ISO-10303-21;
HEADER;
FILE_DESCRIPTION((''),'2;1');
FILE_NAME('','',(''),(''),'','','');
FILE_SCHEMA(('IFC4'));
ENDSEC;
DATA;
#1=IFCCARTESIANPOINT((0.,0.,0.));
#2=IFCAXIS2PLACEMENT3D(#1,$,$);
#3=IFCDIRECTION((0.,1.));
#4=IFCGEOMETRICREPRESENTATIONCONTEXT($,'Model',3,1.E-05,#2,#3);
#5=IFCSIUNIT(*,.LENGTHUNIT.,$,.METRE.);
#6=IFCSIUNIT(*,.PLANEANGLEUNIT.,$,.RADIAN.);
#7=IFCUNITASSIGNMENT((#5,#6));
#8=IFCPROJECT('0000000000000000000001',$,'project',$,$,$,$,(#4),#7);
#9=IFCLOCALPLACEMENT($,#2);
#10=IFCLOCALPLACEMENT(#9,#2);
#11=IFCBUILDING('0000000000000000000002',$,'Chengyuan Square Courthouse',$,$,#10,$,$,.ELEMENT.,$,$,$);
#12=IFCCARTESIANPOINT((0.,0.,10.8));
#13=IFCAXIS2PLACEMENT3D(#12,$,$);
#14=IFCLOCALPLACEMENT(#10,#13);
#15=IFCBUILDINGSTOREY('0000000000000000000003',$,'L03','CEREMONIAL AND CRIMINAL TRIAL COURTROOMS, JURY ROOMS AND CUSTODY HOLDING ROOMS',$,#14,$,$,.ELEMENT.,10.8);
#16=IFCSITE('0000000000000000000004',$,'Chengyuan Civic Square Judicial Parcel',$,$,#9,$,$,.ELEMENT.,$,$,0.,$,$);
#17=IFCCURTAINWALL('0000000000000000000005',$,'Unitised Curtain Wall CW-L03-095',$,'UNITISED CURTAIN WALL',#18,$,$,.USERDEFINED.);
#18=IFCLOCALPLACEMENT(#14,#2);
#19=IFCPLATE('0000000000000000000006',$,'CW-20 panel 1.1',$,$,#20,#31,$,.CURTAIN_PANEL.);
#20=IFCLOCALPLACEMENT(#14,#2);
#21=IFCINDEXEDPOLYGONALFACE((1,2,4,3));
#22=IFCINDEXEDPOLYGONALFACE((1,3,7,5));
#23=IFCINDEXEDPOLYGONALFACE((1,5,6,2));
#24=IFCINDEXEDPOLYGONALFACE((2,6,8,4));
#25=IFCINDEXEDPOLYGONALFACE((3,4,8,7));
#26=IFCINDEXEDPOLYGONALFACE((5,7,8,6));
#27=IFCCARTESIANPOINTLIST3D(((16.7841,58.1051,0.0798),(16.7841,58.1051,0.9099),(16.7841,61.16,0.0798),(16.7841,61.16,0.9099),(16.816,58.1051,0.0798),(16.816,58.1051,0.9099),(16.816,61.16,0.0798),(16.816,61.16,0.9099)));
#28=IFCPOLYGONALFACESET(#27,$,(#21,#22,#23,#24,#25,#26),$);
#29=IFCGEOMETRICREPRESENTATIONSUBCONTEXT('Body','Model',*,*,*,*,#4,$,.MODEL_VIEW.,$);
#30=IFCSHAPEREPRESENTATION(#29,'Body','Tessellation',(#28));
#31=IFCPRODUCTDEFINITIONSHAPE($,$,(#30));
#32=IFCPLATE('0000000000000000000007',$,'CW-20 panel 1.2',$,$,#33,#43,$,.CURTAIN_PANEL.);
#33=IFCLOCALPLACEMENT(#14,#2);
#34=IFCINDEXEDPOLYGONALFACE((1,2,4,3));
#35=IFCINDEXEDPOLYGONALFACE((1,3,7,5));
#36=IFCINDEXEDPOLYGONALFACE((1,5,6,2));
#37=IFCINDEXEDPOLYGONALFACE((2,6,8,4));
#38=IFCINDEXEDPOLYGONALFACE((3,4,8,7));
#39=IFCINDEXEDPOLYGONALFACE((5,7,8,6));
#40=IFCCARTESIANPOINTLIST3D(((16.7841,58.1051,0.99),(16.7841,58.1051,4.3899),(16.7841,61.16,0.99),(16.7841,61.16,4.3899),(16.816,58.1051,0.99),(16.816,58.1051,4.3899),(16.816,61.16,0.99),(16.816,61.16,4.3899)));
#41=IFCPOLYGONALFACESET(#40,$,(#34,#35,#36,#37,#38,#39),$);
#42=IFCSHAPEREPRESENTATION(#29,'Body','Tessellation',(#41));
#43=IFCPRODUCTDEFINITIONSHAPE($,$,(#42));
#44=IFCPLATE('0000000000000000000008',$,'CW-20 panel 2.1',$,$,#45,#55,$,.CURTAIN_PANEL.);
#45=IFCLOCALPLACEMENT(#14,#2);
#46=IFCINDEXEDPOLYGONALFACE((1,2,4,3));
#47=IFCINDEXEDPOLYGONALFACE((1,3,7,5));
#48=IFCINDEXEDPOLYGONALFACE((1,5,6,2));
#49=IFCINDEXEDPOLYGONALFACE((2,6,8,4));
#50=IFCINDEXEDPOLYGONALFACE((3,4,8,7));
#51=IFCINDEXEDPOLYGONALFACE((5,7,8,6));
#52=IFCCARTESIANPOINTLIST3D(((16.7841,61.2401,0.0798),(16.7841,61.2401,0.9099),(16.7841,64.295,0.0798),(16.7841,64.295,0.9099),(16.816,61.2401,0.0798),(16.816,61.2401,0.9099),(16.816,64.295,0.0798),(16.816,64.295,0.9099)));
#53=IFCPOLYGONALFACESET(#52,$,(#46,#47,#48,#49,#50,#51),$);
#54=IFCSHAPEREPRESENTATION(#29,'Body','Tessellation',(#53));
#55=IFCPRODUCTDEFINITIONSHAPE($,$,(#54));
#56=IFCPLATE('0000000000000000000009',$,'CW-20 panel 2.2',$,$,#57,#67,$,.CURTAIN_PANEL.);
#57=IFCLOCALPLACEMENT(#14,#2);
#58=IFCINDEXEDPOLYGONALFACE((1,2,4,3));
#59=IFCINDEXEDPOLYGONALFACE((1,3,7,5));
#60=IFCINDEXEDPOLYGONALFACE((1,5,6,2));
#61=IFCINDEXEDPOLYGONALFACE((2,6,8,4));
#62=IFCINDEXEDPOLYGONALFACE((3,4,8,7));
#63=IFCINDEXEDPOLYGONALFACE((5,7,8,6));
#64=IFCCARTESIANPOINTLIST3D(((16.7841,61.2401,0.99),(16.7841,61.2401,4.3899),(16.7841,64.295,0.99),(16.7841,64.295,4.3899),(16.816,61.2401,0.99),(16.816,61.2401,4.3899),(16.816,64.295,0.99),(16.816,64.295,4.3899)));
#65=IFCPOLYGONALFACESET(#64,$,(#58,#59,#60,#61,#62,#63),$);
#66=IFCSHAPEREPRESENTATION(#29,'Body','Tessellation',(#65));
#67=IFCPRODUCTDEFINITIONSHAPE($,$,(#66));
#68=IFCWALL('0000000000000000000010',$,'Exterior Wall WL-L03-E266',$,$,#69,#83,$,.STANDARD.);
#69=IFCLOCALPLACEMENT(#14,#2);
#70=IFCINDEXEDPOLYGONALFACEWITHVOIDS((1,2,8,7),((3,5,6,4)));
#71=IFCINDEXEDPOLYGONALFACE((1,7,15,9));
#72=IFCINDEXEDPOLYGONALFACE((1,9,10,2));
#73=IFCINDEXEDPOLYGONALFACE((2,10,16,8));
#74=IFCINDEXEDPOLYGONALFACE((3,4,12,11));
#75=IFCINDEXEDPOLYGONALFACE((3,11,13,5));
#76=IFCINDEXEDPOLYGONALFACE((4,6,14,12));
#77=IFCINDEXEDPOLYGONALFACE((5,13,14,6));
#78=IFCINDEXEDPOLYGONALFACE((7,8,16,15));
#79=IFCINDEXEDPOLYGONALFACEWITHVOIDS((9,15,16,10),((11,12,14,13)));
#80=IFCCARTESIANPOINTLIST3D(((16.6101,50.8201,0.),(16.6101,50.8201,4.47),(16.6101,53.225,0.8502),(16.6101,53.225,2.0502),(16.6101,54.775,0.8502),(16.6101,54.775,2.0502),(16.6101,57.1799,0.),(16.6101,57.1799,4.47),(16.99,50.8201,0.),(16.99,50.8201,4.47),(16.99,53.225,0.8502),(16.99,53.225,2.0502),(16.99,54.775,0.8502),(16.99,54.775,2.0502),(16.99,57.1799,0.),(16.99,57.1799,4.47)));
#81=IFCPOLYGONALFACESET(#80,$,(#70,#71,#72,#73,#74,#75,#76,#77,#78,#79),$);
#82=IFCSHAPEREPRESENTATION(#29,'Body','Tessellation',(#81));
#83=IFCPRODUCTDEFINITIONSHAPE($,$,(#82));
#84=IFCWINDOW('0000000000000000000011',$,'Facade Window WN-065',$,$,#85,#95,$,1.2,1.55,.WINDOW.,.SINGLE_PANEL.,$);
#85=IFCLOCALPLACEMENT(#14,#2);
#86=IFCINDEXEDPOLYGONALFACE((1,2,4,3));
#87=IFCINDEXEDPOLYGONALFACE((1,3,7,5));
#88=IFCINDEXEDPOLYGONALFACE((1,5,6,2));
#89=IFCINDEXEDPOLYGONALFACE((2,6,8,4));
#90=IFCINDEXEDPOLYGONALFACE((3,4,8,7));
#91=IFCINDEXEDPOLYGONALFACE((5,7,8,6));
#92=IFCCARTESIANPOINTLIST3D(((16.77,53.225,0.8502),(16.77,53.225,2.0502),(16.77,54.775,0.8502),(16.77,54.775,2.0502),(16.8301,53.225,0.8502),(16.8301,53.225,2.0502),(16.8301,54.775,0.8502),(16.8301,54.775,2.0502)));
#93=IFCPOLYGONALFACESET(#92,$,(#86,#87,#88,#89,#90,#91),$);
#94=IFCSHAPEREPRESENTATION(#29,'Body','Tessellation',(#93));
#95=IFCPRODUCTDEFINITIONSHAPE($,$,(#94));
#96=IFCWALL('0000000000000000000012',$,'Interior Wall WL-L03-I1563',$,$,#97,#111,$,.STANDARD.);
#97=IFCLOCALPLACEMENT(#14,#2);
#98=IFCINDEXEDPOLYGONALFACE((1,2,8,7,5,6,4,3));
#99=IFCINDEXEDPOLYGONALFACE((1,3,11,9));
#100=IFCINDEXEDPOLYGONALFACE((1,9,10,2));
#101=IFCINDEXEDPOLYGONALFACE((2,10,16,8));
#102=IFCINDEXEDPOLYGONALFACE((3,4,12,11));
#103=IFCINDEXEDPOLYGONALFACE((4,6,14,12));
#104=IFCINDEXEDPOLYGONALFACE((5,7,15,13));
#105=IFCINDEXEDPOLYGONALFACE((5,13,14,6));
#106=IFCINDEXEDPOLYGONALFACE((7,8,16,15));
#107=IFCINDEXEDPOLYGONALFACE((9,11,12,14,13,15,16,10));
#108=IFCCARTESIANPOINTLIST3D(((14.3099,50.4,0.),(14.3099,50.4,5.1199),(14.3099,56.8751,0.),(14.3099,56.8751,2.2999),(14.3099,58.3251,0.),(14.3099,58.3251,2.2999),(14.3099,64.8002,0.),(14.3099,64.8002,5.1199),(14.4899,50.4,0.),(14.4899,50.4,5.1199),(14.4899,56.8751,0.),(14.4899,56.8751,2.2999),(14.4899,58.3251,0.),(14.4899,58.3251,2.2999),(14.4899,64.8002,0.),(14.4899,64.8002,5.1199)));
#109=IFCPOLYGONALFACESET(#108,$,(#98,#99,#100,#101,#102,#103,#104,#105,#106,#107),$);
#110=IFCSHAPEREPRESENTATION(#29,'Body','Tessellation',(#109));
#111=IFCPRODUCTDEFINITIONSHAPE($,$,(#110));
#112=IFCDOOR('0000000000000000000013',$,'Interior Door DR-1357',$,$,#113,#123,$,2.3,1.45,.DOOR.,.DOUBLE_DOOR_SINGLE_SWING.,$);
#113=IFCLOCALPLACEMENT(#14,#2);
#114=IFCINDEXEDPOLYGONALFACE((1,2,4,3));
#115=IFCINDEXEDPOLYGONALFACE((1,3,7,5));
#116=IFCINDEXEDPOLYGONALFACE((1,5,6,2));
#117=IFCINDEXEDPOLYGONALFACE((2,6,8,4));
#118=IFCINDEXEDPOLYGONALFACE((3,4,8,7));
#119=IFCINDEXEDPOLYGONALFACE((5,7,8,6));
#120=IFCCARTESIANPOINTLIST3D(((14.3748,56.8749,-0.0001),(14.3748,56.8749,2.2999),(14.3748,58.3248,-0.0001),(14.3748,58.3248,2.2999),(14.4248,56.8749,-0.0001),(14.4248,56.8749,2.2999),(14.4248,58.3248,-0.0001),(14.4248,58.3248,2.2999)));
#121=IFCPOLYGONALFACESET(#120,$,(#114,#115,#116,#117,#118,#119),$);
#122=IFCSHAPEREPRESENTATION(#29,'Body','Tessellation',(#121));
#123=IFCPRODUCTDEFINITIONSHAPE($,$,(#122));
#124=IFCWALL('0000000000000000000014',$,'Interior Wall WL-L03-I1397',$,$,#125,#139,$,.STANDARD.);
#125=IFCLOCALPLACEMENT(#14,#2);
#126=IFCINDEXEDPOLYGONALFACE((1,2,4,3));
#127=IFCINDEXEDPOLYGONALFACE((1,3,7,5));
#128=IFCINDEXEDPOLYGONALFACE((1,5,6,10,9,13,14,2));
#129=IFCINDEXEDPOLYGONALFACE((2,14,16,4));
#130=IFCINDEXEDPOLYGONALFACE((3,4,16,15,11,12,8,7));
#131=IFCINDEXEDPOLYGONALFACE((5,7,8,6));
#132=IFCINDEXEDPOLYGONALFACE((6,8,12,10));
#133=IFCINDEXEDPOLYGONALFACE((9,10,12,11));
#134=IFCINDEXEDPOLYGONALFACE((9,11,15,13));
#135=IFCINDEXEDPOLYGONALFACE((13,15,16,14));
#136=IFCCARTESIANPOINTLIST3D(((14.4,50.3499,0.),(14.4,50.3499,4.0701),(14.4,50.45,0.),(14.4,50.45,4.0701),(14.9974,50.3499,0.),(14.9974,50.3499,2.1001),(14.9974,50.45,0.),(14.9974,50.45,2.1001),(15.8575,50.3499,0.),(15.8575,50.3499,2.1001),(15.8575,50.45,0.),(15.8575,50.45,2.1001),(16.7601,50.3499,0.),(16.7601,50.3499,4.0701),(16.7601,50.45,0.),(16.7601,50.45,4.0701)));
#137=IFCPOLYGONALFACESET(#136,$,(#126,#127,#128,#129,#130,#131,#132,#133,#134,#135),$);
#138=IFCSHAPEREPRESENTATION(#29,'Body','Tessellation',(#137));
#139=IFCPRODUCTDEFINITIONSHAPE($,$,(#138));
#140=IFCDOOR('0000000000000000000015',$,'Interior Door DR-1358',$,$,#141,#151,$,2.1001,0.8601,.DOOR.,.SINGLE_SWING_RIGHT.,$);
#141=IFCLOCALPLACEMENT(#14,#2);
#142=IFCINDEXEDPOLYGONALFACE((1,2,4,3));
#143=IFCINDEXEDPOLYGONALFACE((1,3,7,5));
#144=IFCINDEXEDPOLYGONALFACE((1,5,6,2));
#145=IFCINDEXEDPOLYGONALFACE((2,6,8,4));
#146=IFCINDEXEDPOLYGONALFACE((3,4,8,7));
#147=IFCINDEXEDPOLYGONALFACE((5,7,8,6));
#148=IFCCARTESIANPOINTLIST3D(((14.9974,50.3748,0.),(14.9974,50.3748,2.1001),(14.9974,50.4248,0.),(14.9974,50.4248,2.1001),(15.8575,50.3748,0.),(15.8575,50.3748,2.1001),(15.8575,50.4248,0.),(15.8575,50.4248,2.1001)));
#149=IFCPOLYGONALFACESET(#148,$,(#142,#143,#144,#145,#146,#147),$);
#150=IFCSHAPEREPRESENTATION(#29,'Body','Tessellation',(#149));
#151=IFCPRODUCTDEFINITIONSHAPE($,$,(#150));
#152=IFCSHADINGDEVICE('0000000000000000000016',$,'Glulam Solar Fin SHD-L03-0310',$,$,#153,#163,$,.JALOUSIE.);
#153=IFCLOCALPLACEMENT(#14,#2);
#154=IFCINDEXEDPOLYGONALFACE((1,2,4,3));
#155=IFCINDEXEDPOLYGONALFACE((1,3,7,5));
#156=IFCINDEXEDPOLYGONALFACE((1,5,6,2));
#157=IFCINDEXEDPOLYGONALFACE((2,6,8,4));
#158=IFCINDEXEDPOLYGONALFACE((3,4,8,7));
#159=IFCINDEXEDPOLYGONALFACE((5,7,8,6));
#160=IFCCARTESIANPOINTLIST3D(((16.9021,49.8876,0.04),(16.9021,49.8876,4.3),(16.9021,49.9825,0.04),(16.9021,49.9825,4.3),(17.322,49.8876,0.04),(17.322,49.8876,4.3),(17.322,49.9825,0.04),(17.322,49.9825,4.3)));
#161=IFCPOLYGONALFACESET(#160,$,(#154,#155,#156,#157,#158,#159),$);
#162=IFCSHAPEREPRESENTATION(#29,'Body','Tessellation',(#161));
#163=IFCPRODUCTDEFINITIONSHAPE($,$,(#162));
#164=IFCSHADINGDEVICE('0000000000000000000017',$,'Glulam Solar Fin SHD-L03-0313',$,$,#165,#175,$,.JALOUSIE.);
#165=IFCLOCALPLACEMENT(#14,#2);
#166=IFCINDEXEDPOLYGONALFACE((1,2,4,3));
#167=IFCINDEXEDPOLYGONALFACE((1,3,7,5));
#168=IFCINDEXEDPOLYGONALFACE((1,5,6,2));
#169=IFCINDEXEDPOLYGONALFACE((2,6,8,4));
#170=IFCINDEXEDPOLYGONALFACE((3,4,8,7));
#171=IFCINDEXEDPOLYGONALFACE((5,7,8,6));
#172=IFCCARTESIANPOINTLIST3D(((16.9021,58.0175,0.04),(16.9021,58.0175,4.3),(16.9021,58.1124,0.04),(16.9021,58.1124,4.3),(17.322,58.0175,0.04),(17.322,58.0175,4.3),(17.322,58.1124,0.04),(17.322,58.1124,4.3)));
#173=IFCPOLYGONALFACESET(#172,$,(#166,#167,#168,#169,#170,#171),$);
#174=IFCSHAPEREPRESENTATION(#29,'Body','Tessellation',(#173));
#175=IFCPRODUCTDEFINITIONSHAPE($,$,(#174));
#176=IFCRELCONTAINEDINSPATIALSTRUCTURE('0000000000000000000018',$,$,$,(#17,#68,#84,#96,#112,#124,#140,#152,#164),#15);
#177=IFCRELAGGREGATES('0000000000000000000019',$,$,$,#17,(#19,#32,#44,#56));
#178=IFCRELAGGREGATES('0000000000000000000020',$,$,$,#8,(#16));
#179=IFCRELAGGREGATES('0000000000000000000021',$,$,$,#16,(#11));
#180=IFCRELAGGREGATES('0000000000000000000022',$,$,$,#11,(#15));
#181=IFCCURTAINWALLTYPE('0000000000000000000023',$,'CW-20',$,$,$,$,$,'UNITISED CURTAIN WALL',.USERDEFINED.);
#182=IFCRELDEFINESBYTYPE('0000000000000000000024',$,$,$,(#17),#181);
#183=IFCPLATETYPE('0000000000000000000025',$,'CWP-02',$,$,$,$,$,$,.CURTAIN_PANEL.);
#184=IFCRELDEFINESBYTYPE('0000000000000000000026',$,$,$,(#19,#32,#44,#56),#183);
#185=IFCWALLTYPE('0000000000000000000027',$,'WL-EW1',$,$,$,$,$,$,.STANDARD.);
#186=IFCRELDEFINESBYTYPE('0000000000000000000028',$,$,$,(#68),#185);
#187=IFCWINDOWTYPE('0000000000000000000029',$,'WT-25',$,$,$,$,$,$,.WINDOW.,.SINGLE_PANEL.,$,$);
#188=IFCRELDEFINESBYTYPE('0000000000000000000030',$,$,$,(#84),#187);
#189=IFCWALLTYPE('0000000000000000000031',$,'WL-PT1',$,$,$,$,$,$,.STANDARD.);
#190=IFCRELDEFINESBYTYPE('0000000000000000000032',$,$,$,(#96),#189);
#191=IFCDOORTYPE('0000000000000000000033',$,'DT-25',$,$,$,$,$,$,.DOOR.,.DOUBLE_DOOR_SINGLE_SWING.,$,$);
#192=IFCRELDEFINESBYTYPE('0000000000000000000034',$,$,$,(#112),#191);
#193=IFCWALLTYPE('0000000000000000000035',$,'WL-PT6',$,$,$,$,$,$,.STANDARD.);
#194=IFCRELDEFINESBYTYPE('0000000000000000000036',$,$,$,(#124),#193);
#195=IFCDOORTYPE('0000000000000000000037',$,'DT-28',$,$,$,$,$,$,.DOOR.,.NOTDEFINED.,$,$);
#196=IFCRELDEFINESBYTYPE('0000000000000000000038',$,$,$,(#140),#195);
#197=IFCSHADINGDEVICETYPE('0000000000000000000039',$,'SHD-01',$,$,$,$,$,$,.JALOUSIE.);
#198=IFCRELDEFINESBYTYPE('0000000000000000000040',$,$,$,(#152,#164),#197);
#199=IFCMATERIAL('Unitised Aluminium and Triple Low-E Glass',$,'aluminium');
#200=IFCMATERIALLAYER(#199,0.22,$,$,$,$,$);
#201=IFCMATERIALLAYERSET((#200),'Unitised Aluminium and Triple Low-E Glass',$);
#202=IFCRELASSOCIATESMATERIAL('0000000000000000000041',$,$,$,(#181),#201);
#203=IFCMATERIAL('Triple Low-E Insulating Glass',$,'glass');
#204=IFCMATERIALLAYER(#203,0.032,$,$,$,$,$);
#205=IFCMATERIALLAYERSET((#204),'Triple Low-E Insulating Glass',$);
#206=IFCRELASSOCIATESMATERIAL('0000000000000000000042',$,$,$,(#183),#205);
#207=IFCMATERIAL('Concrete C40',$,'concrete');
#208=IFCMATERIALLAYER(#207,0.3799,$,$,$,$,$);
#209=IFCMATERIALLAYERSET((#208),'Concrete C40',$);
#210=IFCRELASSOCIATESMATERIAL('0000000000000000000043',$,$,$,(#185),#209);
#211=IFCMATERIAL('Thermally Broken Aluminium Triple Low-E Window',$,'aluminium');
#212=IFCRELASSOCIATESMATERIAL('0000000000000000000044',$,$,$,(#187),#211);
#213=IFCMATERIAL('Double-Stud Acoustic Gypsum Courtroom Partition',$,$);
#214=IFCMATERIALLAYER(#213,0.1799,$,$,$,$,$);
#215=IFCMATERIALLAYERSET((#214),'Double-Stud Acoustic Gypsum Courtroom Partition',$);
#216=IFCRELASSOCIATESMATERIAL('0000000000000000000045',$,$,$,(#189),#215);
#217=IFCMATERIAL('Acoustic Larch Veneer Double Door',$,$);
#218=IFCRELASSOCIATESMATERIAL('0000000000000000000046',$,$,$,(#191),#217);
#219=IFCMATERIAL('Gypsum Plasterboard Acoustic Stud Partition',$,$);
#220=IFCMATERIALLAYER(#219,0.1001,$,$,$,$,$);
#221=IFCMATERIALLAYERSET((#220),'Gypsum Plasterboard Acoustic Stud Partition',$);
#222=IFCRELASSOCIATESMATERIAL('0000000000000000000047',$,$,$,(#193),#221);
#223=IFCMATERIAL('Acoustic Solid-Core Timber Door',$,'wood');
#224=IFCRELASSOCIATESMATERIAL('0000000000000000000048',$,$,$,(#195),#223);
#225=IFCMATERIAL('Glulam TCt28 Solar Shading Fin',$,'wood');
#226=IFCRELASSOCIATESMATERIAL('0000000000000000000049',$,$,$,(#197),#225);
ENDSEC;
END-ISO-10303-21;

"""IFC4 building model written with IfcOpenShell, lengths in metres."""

from ifc_helpers import new_model, si_unit, direction, frame, frame_2d, origin, origin_2d, place, context, subcontext, project, spatial, rectangle, extrude, material, layer, layer_set, type_object, element, fill, aggregate, save


model = new_model("IFC4")

# Units and contexts
model_context = context("Model", 3, precision=1e-05, world=origin(), true_north=direction((0.0, 1.0)))
body_context = subcontext(model_context, "Body", "Model", "MODEL_VIEW")
ifc_project = project(units=[si_unit("LENGTHUNIT", "METRE"), si_unit("PLANEANGLEUNIT", "RADIAN")], contexts=[model_context])

# Site, building, storey
site_placement = place(None, origin())
site = spatial("IfcSite", under=ifc_project, at=site_placement, Name="Chengyuan Civic Square Judicial Parcel", CompositionType="ELEMENT", RefElevation=0.0)
building_placement = place(site_placement, origin())
building = spatial("IfcBuilding", under=site, at=building_placement, Name="Chengyuan Square Courthouse", CompositionType="ELEMENT")
storey_placement = place(building_placement, frame((0.0, 0.0, 10.8)))
storey = spatial("IfcBuildingStorey", under=building, at=storey_placement, Name="L03", Description="CEREMONIAL AND CRIMINAL TRIAL COURTROOMS, JURY ROOMS AND CUSTODY HOLDING ROOMS", CompositionType="ELEMENT", Elevation=10.8)

# Shared definitions
ifc_material_1 = material(Name="Concrete C40", Category="concrete")

# Shared definitions
ifc_material_2 = material(Name="Unitised Aluminium and Triple Low-E Glass", Category="aluminium")
ifc_layer_1 = layer(ifc_material_2, 0.22)
ifc_layer_set_1 = layer_set([ifc_layer_1], Name="Unitised Aluminium and Triple Low-E Glass")
curtain_wall_type = type_object("IfcCurtainWallType", Name="CW-20", ElementType="UNITISED CURTAIN WALL", PredefinedType="USERDEFINED", material=ifc_layer_set_1)

# Curtain wall
curtain_wall_1_placement = place(storey_placement, origin())
curtain_wall_1 = element("IfcCurtainWall", 1, at=curtain_wall_1_placement, inside=storey, type_object=curtain_wall_type, Name="Unitised Curtain Wall CW-L03-095", ObjectType="UNITISED CURTAIN WALL", PredefinedType="USERDEFINED")

# Plates
ifc_material_3 = material(Name="Triple Low-E Insulating Glass", Category="glass")
ifc_layer_2 = layer(ifc_material_3, 0.032)
ifc_layer_set_2 = layer_set([ifc_layer_2], Name="Triple Low-E Insulating Glass")
plate_type = type_object("IfcPlateType", Name="CWP-02", PredefinedType="CURTAIN_PANEL", material=ifc_layer_set_2)
plate_1_placement = place(storey_placement, frame((16.8, 59.6326, 0.0798), z_axis=(0.0, 0.0, 1.0), x_axis=(0.0, 1.0, 0.0)))
plate_1 = element("IfcPlate", 2, at=plate_1_placement, type_object=plate_type, Name="CW-20 panel 1.1", PredefinedType="CURTAIN_PANEL", context=body_context, shape_type="SweptSolid", body=[
    extrude(rectangle(XDim=3.0549, YDim=0.032, at=origin_2d()), origin(), (0.0, 0.0, 1.0), 0.8301),
])
plate_2_placement = place(storey_placement, frame((16.8, 59.6326, 0.99), z_axis=(0.0, 0.0, 1.0), x_axis=(0.0, 1.0, 0.0)))
plate_2 = element("IfcPlate", 3, at=plate_2_placement, type_object=plate_type, Name="CW-20 panel 1.2", PredefinedType="CURTAIN_PANEL", context=body_context, shape_type="SweptSolid", body=[
    extrude(rectangle(XDim=3.0549, YDim=0.032, at=origin_2d()), origin(), (0.0, 0.0, 1.0), 3.3999),
])
plate_3_placement = place(storey_placement, frame((16.8, 62.7676, 0.0798), z_axis=(0.0, 0.0, 1.0), x_axis=(0.0, 1.0, 0.0)))
plate_3 = element("IfcPlate", 4, at=plate_3_placement, type_object=plate_type, Name="CW-20 panel 2.1", PredefinedType="CURTAIN_PANEL", context=body_context, shape_type="SweptSolid", body=[
    extrude(rectangle(XDim=3.0549, YDim=0.032, at=origin_2d()), origin(), (0.0, 0.0, 1.0), 0.8301),
])
plate_4_placement = place(storey_placement, frame((16.8, 62.7676, 0.99), z_axis=(0.0, 0.0, 1.0), x_axis=(0.0, 1.0, 0.0)))
plate_4 = element("IfcPlate", 5, at=plate_4_placement, type_object=plate_type, Name="CW-20 panel 2.2", PredefinedType="CURTAIN_PANEL", context=body_context, shape_type="SweptSolid", body=[
    extrude(rectangle(XDim=3.0549, YDim=0.032, at=origin_2d()), origin(), (0.0, 0.0, 1.0), 3.3999),
])
aggregate(curtain_wall_1, [plate_1, plate_2, plate_3, plate_4])

# Wall, opening, window
ifc_layer_3 = layer(ifc_material_1, 0.3799)
ifc_layer_set_3 = layer_set([ifc_layer_3], Name="Concrete C40")
wall_type_1 = type_object("IfcWallType", Name="WL-EW1", PredefinedType="STANDARD", material=ifc_layer_set_3)
wall_1_placement = place(storey_placement, frame((16.8, 50.8201, 0.0), z_axis=(0.0, 0.0, 1.0), x_axis=(0.0, 1.0, 0.0)))
wall_1 = element("IfcWall", 6, at=wall_1_placement, inside=storey, type_object=wall_type_1, Name="Exterior Wall WL-L03-E266", PredefinedType="STANDARD", context=body_context, shape_type="SweptSolid", body=[
    extrude(rectangle(XDim=6.3599, YDim=0.3799, at=frame_2d((3.1799, 0.0))), origin(), (0.0, 0.0, 1.0), 4.47),
])
opening_1_placement = place(wall_1_placement, frame((2.405, 0.0, 0.8501)))
opening_1 = element("IfcOpeningElement", 7, at=opening_1_placement, cuts=wall_1, PredefinedType="OPENING", context=body_context, shape_type="SweptSolid", body=[
    extrude(rectangle(XDim=1.55, YDim=1.2, at=frame_2d((0.7749, 0.6001))), frame((0.0, 0.2019, 0.0), z_axis=(0.0, -1.0, 0.0), x_axis=(1.0, 0.0, 0.0)), (0.0, 0.0, 1.0), 0.4038),
])
ifc_material_4 = material(Name="Thermally Broken Aluminium Triple Low-E Window", Category="aluminium")
window_type = type_object("IfcWindowType", Name="WT-25", PartitioningType="SINGLE_PANEL", PredefinedType="WINDOW", material=ifc_material_4)
window_placement = place(opening_1_placement, origin())
window = element("IfcWindow", 8, at=window_placement, inside=storey, type_object=window_type, Name="Facade Window WN-065", OverallHeight=1.2, OverallWidth=1.55, PartitioningType="SINGLE_PANEL", PredefinedType="WINDOW", context=body_context, shape_type="SweptSolid", body=[
    extrude(rectangle(XDim=1.55, YDim=1.2, at=frame_2d((0.7749, 0.6001))), frame((0.0, 0.03, 0.0), z_axis=(0.0, -1.0, 0.0), x_axis=(1.0, 0.0, 0.0)), (0.0, 0.0, 1.0), 0.0601),
])
fill(opening_1, window)

# Walls, openings, doors
ifc_material_5 = material(Name="Double-Stud Acoustic Gypsum Courtroom Partition")
ifc_layer_4 = layer(ifc_material_5, 0.1799)
ifc_layer_set_4 = layer_set([ifc_layer_4], Name="Double-Stud Acoustic Gypsum Courtroom Partition")
wall_type_2 = type_object("IfcWallType", Name="WL-PT1", PredefinedType="STANDARD", material=ifc_layer_set_4)
wall_2_placement = place(storey_placement, frame((14.3999, 50.3999, 0.0), z_axis=(0.0, 0.0, 1.0), x_axis=(0.0, 1.0, 0.0)))
wall_2 = element("IfcWall", 9, at=wall_2_placement, inside=storey, type_object=wall_type_2, Name="Interior Wall WL-L03-I1563", PredefinedType="STANDARD", context=body_context, shape_type="SweptSolid", body=[
    extrude(rectangle(XDim=14.4001, YDim=0.1799, at=frame_2d((7.2002, 0.0))), origin(), (0.0, 0.0, 1.0), 5.1199),
])
opening_2_placement = place(wall_2_placement, frame((6.4751, 0.0, 0.0)))
opening_2 = element("IfcOpeningElement", 10, at=opening_2_placement, cuts=wall_2, PredefinedType="OPENING", context=body_context, shape_type="SweptSolid", body=[
    extrude(rectangle(XDim=1.45, YDim=2.3, at=frame_2d((0.7251, 1.1499))), frame((0.0, 0.1021, 0.0), z_axis=(0.0, -1.0, 0.0), x_axis=(1.0, 0.0, 0.0)), (0.0, 0.0, 1.0), 0.2039),
])
ifc_material_6 = material(Name="Acoustic Larch Veneer Double Door")
door_type_1 = type_object("IfcDoorType", Name="DT-25", OperationType="DOUBLE_DOOR_SINGLE_SWING", PredefinedType="DOOR", material=ifc_material_6)
door_1_placement = place(opening_2_placement, frame((1.45, 0.0, 0.0), z_axis=(0.0, 0.0, 1.0), x_axis=(-1.0, 0.0, 0.0)))
door_1 = element("IfcDoor", 11, at=door_1_placement, inside=storey, type_object=door_type_1, Name="Interior Door DR-1357", OperationType="DOUBLE_DOOR_SINGLE_SWING", OverallHeight=2.3, OverallWidth=1.45, PredefinedType="DOOR", context=body_context, shape_type="SweptSolid", body=[
    extrude(rectangle(XDim=1.45, YDim=2.3, at=frame_2d((0.7251, 1.1499))), frame((0.0, 0.0249, 0.0), z_axis=(0.0, -1.0, 0.0), x_axis=(1.0, 0.0, 0.0)), (0.0, 0.0, 1.0), 0.05),
])
fill(opening_2, door_1)
ifc_material_7 = material(Name="Gypsum Plasterboard Acoustic Stud Partition")
ifc_layer_5 = layer(ifc_material_7, 0.1001)
ifc_layer_set_5 = layer_set([ifc_layer_5], Name="Gypsum Plasterboard Acoustic Stud Partition")
wall_type_3 = type_object("IfcWallType", Name="WL-PT6", PredefinedType="STANDARD", material=ifc_layer_set_5)
wall_3_placement = place(storey_placement, frame((14.3999, 50.3999, 0.0), z_axis=(0.0, 0.0, 1.0), x_axis=(1.0, 0.0, 0.0)))
wall_3 = element("IfcWall", 12, at=wall_3_placement, inside=storey, type_object=wall_type_3, Name="Interior Wall WL-L03-I1397", PredefinedType="STANDARD", context=body_context, shape_type="SweptSolid", body=[
    extrude(rectangle(XDim=2.3601, YDim=0.1001, at=frame_2d((1.1802, 0.0))), origin(), (0.0, 0.0, 1.0), 4.0701),
])
opening_3_placement = place(wall_3_placement, frame((0.5974, 0.0, 0.0)))
opening_3 = element("IfcOpeningElement", 13, at=opening_3_placement, cuts=wall_3, PredefinedType="OPENING", context=body_context, shape_type="SweptSolid", body=[
    extrude(rectangle(XDim=0.8601, YDim=2.1001, at=frame_2d((0.4302, 1.05))), frame((0.0, 0.062, 0.0), z_axis=(0.0, -1.0, 0.0), x_axis=(1.0, 0.0, 0.0)), (0.0, 0.0, 1.0), 0.124),
])
ifc_material_8 = material(Name="Acoustic Solid-Core Timber Door", Category="wood")
door_type_2 = type_object("IfcDoorType", Name="DT-28", OperationType="NOTDEFINED", PredefinedType="DOOR", material=ifc_material_8)
door_2_placement = place(opening_3_placement, origin())
door_2 = element("IfcDoor", 14, at=door_2_placement, inside=storey, type_object=door_type_2, Name="Interior Door DR-1358", OperationType="SINGLE_SWING_RIGHT", OverallHeight=2.1001, OverallWidth=0.8601, PredefinedType="DOOR", context=body_context, shape_type="SweptSolid", body=[
    extrude(rectangle(XDim=0.8601, YDim=2.1001, at=frame_2d((0.4302, 1.05))), frame((0.0, 0.0249, 0.0), z_axis=(0.0, -1.0, 0.0), x_axis=(1.0, 0.0, 0.0)), (0.0, 0.0, 1.0), 0.05),
])
fill(opening_3, door_2)

# Shading devices
ifc_material_9 = material(Name="Glulam TCt28 Solar Shading Fin", Category="wood")
shading_device_type_1 = type_object("IfcShadingDeviceType", Name="SHD-01", PredefinedType="JALOUSIE", material=ifc_material_9)
for number, where, z_axis, x_axis, name in (
    (15, (17.1121, 49.9351, 0.04), (0.0, 0.0, 1.0), (1.0, 0.0, 0.0), "Glulam Solar Fin SHD-L03-0310"),
    (16, (17.1121, 58.0649, 0.04), (0.0, 0.0, 1.0), (1.0, 0.0, 0.0), "Glulam Solar Fin SHD-L03-0313"),
):
    element("IfcShadingDevice", number, at=place(storey_placement, frame(where, z_axis=z_axis, x_axis=x_axis)), inside=storey, type_object=shading_device_type_1, Name=name, PredefinedType="JALOUSIE", context=body_context, shape_type="SweptSolid", body=[
        extrude(rectangle(XDim=0.4199, YDim=0.095, at=origin_2d()), origin(), (0.0, 0.0, 1.0), 4.26),
    ])

save(model, "model.ifc")
